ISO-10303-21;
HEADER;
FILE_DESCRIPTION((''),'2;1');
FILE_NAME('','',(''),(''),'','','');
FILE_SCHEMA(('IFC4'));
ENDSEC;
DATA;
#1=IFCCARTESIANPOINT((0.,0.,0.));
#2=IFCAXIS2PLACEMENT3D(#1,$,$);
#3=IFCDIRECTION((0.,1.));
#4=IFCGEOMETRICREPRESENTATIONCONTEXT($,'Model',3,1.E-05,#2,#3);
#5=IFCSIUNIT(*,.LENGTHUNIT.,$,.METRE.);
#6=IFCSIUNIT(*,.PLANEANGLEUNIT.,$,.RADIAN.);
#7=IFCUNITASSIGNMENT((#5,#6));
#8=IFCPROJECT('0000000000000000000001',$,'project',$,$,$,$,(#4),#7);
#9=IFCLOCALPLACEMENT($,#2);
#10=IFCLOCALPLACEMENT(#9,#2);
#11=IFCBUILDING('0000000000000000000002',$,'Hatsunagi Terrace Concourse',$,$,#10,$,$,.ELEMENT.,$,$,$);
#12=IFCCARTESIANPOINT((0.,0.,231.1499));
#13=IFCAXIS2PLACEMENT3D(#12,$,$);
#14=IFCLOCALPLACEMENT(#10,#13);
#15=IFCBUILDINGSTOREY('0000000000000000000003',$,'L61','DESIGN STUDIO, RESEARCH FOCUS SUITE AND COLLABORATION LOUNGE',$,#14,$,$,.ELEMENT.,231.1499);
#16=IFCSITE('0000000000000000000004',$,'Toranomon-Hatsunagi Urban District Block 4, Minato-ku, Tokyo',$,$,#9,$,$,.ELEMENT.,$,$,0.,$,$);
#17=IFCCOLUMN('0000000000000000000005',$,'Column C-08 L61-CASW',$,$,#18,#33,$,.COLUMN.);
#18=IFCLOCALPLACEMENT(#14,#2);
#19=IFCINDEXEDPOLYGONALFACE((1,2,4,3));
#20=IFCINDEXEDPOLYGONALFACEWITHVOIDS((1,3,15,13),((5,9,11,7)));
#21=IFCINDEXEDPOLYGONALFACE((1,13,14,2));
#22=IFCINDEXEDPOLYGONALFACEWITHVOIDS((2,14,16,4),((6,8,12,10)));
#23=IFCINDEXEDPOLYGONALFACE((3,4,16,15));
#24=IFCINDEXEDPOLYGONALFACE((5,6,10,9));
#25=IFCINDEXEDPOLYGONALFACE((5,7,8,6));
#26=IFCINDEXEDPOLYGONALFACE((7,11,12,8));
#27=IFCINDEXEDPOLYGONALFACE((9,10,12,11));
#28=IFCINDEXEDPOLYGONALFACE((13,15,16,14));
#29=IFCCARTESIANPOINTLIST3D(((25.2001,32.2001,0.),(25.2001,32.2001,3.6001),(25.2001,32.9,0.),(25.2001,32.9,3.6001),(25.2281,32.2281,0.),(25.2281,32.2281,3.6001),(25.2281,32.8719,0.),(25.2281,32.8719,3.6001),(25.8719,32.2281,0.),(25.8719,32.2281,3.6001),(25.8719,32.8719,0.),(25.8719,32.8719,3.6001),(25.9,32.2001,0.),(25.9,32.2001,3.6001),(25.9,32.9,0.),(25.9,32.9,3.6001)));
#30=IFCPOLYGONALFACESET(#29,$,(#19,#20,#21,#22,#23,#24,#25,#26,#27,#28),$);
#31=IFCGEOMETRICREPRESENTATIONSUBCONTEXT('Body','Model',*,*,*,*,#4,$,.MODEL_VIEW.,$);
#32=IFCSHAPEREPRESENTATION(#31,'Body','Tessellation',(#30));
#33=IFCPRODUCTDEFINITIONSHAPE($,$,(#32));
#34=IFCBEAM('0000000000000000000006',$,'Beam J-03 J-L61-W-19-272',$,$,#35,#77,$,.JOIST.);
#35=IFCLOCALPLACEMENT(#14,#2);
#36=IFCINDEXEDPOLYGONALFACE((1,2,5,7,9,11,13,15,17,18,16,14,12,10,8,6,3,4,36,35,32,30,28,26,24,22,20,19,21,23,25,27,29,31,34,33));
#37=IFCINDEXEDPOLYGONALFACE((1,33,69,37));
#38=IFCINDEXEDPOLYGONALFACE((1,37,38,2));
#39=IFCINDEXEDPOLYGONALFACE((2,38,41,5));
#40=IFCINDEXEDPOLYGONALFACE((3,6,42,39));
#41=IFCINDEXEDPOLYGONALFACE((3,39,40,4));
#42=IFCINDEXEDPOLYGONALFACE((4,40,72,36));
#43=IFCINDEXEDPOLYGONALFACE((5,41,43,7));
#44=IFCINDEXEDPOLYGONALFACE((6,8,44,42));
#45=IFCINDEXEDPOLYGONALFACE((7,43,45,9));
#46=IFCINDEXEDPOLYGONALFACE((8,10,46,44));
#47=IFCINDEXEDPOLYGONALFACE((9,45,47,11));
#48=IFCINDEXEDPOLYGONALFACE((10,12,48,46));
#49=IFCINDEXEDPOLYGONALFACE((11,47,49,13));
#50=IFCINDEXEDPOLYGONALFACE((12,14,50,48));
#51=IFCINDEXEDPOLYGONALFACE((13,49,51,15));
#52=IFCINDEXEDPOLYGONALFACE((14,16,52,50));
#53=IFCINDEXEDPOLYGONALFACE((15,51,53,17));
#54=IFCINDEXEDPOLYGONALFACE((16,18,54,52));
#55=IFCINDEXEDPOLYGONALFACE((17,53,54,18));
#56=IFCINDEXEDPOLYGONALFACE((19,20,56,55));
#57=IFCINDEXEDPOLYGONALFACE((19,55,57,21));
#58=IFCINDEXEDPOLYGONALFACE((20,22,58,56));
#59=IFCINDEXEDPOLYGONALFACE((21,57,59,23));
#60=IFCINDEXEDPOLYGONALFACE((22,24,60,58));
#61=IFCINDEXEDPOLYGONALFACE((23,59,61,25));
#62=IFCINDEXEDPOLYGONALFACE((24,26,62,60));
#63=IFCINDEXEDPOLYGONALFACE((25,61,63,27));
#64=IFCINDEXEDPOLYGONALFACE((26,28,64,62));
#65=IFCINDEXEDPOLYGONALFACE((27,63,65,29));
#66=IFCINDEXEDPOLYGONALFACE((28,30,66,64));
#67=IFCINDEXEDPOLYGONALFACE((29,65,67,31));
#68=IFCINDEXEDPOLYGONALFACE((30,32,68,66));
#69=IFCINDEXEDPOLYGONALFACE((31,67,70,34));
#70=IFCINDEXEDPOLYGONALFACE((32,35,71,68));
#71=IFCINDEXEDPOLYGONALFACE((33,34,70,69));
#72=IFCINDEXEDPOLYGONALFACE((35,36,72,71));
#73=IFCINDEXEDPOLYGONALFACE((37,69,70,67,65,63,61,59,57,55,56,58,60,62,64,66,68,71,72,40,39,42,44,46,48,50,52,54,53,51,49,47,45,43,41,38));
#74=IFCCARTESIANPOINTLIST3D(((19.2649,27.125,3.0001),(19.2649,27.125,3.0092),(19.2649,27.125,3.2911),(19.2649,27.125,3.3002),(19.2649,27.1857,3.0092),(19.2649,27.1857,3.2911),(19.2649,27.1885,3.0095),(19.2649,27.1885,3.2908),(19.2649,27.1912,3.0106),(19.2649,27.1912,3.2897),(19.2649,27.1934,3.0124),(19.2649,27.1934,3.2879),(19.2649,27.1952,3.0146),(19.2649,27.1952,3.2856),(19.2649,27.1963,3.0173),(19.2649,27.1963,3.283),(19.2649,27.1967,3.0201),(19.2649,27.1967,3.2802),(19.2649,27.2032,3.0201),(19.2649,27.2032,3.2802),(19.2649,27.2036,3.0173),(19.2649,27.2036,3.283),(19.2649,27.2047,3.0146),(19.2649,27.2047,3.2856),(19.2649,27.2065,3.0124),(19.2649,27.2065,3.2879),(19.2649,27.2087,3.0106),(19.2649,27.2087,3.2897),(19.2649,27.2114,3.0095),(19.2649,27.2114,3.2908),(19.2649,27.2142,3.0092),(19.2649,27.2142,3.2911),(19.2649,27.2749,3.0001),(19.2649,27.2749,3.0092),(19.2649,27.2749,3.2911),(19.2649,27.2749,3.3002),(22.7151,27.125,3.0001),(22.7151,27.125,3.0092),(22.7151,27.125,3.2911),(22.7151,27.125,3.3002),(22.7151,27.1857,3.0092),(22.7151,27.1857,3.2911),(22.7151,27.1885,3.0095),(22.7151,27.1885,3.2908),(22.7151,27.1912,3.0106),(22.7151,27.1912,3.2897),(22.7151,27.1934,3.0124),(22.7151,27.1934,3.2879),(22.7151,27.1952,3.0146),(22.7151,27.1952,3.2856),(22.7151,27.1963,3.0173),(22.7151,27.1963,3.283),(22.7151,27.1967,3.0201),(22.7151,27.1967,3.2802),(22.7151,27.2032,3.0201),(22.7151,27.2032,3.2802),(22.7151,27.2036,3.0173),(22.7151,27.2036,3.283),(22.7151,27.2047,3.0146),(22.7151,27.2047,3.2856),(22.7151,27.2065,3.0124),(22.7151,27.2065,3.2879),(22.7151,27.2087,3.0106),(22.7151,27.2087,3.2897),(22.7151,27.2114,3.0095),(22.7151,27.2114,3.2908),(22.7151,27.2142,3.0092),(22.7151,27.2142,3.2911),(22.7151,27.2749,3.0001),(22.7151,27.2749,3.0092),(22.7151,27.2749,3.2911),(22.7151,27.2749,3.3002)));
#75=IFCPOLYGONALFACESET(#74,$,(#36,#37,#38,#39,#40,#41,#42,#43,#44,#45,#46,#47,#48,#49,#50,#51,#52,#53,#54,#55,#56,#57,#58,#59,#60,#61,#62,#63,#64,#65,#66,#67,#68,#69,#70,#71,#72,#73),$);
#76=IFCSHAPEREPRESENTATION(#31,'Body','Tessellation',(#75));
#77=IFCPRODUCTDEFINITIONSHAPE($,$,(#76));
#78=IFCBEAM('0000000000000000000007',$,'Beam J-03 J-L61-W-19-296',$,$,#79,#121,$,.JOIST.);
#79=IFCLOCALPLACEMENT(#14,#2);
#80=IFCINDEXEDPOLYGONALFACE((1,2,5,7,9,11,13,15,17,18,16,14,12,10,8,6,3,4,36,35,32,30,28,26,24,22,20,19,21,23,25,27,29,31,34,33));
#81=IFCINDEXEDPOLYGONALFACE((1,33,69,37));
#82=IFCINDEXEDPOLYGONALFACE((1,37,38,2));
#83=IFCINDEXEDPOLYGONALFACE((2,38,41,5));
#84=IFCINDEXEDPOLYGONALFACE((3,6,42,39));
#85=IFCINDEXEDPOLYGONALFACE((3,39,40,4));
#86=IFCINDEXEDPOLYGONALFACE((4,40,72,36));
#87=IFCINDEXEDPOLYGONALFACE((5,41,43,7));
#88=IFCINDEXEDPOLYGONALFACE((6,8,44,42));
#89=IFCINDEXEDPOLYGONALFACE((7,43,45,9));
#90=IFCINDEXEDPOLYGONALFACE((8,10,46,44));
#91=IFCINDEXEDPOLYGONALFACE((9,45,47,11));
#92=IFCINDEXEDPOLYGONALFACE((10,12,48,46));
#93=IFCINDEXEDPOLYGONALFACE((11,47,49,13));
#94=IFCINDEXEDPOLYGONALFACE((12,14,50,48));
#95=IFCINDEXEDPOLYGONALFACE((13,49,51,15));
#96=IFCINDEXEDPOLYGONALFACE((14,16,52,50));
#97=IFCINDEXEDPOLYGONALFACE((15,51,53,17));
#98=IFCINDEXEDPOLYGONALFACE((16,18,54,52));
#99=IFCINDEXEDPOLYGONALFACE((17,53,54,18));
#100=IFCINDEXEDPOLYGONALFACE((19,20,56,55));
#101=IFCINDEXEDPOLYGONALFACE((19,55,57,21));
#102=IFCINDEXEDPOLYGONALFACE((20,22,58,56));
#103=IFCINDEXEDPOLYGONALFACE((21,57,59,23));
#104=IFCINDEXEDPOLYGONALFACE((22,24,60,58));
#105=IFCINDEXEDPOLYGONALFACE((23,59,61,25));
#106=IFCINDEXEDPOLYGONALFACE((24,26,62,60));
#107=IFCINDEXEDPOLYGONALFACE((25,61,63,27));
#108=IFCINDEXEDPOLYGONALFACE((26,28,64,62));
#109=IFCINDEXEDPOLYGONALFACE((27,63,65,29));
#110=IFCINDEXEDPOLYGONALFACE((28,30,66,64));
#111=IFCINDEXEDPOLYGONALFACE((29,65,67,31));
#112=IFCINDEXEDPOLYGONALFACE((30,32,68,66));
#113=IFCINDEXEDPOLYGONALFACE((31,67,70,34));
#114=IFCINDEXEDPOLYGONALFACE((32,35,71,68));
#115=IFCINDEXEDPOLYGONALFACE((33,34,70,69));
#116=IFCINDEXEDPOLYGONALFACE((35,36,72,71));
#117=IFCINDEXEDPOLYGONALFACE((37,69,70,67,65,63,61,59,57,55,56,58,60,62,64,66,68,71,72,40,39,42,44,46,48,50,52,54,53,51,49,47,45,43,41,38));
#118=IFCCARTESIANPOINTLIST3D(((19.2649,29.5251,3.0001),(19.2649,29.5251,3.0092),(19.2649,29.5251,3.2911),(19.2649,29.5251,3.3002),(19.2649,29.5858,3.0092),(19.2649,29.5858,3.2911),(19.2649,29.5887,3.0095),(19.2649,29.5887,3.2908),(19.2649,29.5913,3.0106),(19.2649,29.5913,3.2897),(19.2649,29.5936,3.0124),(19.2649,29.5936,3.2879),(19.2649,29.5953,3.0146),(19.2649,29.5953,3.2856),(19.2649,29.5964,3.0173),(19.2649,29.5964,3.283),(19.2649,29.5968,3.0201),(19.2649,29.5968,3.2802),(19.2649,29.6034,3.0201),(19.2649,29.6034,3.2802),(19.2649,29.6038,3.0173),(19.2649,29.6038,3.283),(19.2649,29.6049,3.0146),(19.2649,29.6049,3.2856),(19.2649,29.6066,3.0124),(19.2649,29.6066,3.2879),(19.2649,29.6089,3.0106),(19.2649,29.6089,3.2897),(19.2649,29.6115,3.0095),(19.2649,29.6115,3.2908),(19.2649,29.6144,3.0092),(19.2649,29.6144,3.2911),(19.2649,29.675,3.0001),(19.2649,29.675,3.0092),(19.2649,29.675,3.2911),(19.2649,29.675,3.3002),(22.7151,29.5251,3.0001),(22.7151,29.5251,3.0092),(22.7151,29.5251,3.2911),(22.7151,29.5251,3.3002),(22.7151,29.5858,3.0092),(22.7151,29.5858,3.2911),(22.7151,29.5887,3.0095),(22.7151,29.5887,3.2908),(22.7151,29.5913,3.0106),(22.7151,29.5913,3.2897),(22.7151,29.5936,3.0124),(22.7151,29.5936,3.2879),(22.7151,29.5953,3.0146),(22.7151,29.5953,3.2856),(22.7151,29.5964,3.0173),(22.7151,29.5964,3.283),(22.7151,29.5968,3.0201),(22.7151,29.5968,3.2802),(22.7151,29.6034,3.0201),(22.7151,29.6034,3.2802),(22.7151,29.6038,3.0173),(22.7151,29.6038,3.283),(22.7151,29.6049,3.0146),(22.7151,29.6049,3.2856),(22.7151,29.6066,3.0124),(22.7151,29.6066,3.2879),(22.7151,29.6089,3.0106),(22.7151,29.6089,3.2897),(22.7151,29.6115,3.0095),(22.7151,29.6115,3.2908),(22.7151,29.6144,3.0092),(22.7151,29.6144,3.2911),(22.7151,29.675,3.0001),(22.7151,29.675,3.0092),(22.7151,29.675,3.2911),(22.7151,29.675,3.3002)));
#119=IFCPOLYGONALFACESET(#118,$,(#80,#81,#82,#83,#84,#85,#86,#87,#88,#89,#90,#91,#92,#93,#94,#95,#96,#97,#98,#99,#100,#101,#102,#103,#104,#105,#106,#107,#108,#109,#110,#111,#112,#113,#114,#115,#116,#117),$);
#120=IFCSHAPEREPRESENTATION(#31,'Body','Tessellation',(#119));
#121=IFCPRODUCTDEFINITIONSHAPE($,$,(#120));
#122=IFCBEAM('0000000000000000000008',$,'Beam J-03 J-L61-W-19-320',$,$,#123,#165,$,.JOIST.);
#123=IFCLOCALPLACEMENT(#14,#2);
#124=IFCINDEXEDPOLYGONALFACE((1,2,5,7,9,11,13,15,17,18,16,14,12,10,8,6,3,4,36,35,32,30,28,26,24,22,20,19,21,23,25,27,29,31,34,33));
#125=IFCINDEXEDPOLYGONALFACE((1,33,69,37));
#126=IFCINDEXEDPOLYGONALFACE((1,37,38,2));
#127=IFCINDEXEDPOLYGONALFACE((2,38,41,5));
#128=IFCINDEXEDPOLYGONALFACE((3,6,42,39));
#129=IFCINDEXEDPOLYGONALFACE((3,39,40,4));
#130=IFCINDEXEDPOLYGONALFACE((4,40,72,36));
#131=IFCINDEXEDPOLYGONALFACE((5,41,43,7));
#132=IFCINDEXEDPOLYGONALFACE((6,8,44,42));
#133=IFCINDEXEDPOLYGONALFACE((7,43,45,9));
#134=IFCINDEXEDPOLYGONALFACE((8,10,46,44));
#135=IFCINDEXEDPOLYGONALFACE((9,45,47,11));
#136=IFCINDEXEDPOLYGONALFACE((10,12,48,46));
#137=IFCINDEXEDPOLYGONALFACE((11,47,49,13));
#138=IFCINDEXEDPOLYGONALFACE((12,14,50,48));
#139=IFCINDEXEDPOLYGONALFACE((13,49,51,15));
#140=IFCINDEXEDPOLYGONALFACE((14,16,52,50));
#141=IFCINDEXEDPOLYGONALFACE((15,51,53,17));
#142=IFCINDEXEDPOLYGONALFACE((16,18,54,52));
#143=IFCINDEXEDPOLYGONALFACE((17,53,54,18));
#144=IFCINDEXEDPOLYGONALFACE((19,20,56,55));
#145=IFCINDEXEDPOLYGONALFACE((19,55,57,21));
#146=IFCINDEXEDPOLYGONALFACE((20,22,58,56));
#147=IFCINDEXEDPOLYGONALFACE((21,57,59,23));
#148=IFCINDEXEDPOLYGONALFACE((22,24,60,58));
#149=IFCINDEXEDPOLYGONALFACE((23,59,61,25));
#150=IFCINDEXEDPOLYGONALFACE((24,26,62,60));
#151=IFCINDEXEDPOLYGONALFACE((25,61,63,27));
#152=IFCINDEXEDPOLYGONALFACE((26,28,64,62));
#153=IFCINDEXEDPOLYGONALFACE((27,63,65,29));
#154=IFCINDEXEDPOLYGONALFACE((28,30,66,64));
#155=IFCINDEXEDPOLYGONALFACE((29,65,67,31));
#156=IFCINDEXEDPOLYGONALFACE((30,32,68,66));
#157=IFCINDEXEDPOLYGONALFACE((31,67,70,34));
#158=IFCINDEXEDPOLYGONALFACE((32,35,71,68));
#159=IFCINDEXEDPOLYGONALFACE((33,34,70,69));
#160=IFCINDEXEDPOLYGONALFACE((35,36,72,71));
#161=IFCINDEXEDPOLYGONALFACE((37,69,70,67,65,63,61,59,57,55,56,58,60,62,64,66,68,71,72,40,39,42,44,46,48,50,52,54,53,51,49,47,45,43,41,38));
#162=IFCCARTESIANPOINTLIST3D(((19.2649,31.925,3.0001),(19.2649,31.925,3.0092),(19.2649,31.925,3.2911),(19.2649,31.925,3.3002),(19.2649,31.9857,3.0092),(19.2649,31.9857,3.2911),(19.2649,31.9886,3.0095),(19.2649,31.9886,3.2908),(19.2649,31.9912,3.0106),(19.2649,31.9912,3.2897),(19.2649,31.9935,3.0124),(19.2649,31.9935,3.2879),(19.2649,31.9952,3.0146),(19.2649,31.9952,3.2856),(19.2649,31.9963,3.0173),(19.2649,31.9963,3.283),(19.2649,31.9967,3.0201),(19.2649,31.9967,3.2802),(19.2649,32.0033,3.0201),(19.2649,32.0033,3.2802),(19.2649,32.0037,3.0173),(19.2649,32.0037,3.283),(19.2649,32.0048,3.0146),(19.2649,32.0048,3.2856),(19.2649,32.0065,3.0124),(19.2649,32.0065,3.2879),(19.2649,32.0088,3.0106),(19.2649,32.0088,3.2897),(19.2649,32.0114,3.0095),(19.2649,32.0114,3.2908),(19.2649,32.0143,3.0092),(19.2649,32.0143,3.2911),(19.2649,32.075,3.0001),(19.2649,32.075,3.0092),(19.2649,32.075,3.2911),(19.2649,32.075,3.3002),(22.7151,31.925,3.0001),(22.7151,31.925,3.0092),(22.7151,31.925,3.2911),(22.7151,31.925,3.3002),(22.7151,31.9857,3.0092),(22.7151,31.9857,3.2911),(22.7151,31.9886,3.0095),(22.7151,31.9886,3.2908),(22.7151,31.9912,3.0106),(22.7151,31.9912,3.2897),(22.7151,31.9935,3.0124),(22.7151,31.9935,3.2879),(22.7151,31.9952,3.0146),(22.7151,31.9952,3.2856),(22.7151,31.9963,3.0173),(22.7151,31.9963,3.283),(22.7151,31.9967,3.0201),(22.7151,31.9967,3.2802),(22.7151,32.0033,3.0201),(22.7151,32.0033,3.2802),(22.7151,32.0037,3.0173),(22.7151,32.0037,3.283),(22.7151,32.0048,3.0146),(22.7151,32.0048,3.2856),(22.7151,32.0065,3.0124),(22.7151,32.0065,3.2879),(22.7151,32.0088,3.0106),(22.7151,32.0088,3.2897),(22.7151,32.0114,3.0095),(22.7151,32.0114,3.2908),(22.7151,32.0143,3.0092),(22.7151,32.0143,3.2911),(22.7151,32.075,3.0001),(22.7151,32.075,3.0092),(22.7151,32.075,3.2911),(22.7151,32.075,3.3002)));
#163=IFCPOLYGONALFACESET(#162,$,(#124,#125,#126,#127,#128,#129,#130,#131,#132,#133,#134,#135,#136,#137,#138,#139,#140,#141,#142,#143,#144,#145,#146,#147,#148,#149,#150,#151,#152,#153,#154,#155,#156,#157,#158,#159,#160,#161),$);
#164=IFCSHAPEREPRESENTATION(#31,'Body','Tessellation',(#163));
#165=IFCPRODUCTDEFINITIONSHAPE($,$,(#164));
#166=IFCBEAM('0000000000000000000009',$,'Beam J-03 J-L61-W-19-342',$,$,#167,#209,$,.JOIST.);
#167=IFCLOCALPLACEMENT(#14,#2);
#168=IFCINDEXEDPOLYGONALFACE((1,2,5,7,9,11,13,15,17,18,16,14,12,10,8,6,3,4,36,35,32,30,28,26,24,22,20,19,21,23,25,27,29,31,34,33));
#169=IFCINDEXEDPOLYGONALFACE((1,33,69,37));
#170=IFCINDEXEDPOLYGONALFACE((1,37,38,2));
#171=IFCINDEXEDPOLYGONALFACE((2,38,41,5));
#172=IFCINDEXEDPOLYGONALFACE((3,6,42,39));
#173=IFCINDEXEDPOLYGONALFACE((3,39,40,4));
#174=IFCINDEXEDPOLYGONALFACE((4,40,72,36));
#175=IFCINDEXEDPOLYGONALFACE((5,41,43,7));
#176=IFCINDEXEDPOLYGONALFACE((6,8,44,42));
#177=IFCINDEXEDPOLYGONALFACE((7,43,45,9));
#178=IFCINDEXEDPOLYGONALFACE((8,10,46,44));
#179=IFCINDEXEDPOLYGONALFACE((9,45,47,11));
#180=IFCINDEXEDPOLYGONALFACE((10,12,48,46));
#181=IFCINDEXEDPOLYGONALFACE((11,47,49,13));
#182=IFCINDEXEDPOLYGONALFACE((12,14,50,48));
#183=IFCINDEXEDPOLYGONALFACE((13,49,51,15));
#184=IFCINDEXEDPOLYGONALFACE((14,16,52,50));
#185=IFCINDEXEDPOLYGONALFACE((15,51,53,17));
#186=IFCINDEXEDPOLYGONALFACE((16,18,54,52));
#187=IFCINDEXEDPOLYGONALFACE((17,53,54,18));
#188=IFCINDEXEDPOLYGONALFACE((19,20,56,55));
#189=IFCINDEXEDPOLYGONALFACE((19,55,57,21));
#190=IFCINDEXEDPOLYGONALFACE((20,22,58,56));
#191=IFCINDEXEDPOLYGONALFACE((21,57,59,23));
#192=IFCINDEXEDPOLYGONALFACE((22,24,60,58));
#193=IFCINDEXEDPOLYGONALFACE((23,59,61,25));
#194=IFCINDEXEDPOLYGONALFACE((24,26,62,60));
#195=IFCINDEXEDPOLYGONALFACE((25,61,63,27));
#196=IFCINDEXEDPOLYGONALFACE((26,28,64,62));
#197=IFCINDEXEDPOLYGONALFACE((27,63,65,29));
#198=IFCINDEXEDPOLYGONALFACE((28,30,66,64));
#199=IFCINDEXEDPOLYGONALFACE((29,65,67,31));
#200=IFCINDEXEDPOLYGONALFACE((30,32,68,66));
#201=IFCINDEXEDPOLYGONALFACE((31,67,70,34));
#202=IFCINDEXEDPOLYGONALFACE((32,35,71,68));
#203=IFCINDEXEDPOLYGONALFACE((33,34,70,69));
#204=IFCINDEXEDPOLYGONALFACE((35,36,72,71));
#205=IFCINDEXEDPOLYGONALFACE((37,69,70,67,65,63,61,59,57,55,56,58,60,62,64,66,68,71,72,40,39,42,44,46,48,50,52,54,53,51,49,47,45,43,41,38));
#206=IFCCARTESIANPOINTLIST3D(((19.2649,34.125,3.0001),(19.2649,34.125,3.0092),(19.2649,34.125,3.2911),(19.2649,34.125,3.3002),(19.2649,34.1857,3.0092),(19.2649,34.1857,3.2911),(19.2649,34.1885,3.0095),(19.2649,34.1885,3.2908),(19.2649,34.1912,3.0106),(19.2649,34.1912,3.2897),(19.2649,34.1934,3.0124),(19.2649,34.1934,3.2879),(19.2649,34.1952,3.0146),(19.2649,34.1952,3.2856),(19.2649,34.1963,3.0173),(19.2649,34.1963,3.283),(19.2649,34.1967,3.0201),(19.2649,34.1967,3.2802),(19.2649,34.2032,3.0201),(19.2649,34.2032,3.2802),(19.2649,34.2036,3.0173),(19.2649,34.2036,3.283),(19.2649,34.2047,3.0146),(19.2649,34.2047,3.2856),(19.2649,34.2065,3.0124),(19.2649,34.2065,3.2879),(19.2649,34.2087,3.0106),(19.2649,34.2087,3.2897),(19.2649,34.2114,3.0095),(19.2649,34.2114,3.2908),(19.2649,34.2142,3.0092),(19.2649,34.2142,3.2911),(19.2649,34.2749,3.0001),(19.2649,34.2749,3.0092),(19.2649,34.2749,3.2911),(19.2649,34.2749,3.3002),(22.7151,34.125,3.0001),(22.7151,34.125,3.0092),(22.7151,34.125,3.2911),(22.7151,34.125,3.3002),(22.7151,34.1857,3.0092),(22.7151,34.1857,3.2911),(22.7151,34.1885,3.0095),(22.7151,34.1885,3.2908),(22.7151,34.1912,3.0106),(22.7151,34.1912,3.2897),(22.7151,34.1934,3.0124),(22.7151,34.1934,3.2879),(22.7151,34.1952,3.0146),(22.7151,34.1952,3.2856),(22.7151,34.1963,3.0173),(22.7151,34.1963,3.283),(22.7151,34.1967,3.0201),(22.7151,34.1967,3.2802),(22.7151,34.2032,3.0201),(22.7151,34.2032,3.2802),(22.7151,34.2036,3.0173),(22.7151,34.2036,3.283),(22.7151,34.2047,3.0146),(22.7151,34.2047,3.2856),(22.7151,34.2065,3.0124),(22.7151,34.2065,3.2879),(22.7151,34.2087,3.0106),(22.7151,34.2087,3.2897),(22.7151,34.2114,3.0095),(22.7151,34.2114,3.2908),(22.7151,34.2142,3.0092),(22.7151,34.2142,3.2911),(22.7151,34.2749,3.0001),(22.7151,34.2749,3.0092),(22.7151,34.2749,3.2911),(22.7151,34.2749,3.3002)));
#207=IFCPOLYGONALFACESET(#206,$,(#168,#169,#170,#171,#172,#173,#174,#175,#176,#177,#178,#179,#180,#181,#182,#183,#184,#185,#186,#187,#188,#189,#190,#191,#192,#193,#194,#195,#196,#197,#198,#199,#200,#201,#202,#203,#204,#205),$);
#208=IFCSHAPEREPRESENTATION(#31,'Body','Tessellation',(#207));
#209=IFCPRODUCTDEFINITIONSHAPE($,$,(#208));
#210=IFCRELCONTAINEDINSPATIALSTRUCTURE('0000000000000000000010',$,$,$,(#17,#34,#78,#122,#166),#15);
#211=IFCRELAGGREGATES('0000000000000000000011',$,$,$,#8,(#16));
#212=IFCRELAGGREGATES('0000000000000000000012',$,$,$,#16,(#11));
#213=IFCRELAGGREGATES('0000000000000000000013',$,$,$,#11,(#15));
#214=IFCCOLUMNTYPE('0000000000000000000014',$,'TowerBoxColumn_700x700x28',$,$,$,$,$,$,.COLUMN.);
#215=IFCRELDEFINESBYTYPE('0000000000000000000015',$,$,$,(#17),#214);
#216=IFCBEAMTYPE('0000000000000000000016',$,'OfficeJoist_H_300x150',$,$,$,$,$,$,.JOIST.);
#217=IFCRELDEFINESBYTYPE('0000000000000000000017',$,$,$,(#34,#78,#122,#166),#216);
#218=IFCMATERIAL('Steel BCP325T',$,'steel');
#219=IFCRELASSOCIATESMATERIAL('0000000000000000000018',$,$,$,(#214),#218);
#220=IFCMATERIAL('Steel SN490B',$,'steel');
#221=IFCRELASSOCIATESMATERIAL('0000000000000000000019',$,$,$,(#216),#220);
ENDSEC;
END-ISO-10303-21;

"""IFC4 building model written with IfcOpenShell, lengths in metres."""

from ifc_helpers import new_model, si_unit, direction, frame, origin, origin_2d, place, context, subcontext, project, spatial, hollow_rectangle, i_section, extrude, material, material_profile, profile_set, type_object, element, save


model = new_model("IFC4")

# Units and contexts
model_context = context("Model", 3, precision=1e-05, world=origin(), true_north=direction((0.0, 1.0)))
body_context = subcontext(model_context, "Body", "Model", "MODEL_VIEW")
ifc_project = project(units=[si_unit("LENGTHUNIT", "METRE"), si_unit("PLANEANGLEUNIT", "RADIAN")], contexts=[model_context])

# Site, building, storey
site_placement = place(None, origin())
site = spatial("IfcSite", under=ifc_project, at=site_placement, Name="Toranomon-Hatsunagi Urban District Block 4, Minato-ku, Tokyo", CompositionType="ELEMENT", RefElevation=0.0)
building_placement = place(site_placement, origin())
building = spatial("IfcBuilding", under=site, at=building_placement, Name="Hatsunagi Terrace Concourse", CompositionType="ELEMENT")
storey_placement = place(building_placement, frame((0.0, 0.0, 231.1499)))
storey = spatial("IfcBuildingStorey", under=building, at=storey_placement, Name="L61", Description="DESIGN STUDIO, RESEARCH FOCUS SUITE AND COLLABORATION LOUNGE", CompositionType="ELEMENT", Elevation=231.1499)

# Column
ifc_material_1 = material(Name="Steel BCP325T", Category="steel")
ifc_material_profile_1 = material_profile(ifc_material_1, hollow_rectangle(XDim=0.7, YDim=0.7, WallThickness=0.0281, at=origin_2d()), Name="BCP-700x700x28")
ifc_profile_set_1 = profile_set([ifc_material_profile_1], Name="Steel BCP325T")
column_type = type_object("IfcColumnType", Name="TowerBoxColumn_700x700x28", PredefinedType="COLUMN", material=ifc_profile_set_1)
column_placement = place(storey_placement, frame((25.55, 32.55, 0.0), z_axis=(0.0, 0.0, 1.0), x_axis=(1.0, 0.0, 0.0)))
element("IfcColumn", 1, at=column_placement, inside=storey, type_object=column_type, Name="Column C-08 L61-CASW", PredefinedType="COLUMN", context=body_context, shape_type="SweptSolid", body=[
    extrude(hollow_rectangle(XDim=0.7, YDim=0.7, WallThickness=0.0281, at=origin_2d()), origin(), (0.0, 0.0, 1.0), 3.6001),
])

# Beams
ifc_material_2 = material(Name="Steel SN490B", Category="steel")
ifc_material_profile_2 = material_profile(ifc_material_2, i_section(OverallWidth=0.1499, OverallDepth=0.3, WebThickness=0.0066, FlangeThickness=0.009, FilletRadius=0.011, at=origin_2d()), Name="H-300x150x6.5x9")
ifc_profile_set_2 = profile_set([ifc_material_profile_2], Name="Steel SN490B")
beam_type = type_object("IfcBeamType", Name="OfficeJoist_H_300x150", PredefinedType="JOIST", material=ifc_profile_set_2)
for number, where, z_axis, x_axis, name in (
    (2, (19.2649, 27.2, 3.1501), (1.0, 0.0, 0.0), (0.0, 1.0, 0.0), "Beam J-03 J-L61-W-19-272"),
    (3, (19.2649, 29.6001, 3.1501), (1.0, 0.0, 0.0), (0.0, 1.0, 0.0), "Beam J-03 J-L61-W-19-296"),
    (4, (19.2649, 32.0, 3.1501), (1.0, 0.0, 0.0), (0.0, 1.0, 0.0), "Beam J-03 J-L61-W-19-320"),
    (5, (19.2649, 34.2, 3.1501), (1.0, 0.0, 0.0), (0.0, 1.0, 0.0), "Beam J-03 J-L61-W-19-342"),
):
    element("IfcBeam", number, at=place(storey_placement, frame(where, z_axis=z_axis, x_axis=x_axis)), inside=storey, type_object=beam_type, Name=name, PredefinedType="JOIST", context=body_context, shape_type="SweptSolid", body=[
        extrude(i_section(OverallWidth=0.1499, OverallDepth=0.3, WebThickness=0.0066, FlangeThickness=0.009, FilletRadius=0.011, at=origin_2d()), origin(), (0.0, 0.0, 1.0), 3.4502),
    ])

save(model, "model.ifc")
